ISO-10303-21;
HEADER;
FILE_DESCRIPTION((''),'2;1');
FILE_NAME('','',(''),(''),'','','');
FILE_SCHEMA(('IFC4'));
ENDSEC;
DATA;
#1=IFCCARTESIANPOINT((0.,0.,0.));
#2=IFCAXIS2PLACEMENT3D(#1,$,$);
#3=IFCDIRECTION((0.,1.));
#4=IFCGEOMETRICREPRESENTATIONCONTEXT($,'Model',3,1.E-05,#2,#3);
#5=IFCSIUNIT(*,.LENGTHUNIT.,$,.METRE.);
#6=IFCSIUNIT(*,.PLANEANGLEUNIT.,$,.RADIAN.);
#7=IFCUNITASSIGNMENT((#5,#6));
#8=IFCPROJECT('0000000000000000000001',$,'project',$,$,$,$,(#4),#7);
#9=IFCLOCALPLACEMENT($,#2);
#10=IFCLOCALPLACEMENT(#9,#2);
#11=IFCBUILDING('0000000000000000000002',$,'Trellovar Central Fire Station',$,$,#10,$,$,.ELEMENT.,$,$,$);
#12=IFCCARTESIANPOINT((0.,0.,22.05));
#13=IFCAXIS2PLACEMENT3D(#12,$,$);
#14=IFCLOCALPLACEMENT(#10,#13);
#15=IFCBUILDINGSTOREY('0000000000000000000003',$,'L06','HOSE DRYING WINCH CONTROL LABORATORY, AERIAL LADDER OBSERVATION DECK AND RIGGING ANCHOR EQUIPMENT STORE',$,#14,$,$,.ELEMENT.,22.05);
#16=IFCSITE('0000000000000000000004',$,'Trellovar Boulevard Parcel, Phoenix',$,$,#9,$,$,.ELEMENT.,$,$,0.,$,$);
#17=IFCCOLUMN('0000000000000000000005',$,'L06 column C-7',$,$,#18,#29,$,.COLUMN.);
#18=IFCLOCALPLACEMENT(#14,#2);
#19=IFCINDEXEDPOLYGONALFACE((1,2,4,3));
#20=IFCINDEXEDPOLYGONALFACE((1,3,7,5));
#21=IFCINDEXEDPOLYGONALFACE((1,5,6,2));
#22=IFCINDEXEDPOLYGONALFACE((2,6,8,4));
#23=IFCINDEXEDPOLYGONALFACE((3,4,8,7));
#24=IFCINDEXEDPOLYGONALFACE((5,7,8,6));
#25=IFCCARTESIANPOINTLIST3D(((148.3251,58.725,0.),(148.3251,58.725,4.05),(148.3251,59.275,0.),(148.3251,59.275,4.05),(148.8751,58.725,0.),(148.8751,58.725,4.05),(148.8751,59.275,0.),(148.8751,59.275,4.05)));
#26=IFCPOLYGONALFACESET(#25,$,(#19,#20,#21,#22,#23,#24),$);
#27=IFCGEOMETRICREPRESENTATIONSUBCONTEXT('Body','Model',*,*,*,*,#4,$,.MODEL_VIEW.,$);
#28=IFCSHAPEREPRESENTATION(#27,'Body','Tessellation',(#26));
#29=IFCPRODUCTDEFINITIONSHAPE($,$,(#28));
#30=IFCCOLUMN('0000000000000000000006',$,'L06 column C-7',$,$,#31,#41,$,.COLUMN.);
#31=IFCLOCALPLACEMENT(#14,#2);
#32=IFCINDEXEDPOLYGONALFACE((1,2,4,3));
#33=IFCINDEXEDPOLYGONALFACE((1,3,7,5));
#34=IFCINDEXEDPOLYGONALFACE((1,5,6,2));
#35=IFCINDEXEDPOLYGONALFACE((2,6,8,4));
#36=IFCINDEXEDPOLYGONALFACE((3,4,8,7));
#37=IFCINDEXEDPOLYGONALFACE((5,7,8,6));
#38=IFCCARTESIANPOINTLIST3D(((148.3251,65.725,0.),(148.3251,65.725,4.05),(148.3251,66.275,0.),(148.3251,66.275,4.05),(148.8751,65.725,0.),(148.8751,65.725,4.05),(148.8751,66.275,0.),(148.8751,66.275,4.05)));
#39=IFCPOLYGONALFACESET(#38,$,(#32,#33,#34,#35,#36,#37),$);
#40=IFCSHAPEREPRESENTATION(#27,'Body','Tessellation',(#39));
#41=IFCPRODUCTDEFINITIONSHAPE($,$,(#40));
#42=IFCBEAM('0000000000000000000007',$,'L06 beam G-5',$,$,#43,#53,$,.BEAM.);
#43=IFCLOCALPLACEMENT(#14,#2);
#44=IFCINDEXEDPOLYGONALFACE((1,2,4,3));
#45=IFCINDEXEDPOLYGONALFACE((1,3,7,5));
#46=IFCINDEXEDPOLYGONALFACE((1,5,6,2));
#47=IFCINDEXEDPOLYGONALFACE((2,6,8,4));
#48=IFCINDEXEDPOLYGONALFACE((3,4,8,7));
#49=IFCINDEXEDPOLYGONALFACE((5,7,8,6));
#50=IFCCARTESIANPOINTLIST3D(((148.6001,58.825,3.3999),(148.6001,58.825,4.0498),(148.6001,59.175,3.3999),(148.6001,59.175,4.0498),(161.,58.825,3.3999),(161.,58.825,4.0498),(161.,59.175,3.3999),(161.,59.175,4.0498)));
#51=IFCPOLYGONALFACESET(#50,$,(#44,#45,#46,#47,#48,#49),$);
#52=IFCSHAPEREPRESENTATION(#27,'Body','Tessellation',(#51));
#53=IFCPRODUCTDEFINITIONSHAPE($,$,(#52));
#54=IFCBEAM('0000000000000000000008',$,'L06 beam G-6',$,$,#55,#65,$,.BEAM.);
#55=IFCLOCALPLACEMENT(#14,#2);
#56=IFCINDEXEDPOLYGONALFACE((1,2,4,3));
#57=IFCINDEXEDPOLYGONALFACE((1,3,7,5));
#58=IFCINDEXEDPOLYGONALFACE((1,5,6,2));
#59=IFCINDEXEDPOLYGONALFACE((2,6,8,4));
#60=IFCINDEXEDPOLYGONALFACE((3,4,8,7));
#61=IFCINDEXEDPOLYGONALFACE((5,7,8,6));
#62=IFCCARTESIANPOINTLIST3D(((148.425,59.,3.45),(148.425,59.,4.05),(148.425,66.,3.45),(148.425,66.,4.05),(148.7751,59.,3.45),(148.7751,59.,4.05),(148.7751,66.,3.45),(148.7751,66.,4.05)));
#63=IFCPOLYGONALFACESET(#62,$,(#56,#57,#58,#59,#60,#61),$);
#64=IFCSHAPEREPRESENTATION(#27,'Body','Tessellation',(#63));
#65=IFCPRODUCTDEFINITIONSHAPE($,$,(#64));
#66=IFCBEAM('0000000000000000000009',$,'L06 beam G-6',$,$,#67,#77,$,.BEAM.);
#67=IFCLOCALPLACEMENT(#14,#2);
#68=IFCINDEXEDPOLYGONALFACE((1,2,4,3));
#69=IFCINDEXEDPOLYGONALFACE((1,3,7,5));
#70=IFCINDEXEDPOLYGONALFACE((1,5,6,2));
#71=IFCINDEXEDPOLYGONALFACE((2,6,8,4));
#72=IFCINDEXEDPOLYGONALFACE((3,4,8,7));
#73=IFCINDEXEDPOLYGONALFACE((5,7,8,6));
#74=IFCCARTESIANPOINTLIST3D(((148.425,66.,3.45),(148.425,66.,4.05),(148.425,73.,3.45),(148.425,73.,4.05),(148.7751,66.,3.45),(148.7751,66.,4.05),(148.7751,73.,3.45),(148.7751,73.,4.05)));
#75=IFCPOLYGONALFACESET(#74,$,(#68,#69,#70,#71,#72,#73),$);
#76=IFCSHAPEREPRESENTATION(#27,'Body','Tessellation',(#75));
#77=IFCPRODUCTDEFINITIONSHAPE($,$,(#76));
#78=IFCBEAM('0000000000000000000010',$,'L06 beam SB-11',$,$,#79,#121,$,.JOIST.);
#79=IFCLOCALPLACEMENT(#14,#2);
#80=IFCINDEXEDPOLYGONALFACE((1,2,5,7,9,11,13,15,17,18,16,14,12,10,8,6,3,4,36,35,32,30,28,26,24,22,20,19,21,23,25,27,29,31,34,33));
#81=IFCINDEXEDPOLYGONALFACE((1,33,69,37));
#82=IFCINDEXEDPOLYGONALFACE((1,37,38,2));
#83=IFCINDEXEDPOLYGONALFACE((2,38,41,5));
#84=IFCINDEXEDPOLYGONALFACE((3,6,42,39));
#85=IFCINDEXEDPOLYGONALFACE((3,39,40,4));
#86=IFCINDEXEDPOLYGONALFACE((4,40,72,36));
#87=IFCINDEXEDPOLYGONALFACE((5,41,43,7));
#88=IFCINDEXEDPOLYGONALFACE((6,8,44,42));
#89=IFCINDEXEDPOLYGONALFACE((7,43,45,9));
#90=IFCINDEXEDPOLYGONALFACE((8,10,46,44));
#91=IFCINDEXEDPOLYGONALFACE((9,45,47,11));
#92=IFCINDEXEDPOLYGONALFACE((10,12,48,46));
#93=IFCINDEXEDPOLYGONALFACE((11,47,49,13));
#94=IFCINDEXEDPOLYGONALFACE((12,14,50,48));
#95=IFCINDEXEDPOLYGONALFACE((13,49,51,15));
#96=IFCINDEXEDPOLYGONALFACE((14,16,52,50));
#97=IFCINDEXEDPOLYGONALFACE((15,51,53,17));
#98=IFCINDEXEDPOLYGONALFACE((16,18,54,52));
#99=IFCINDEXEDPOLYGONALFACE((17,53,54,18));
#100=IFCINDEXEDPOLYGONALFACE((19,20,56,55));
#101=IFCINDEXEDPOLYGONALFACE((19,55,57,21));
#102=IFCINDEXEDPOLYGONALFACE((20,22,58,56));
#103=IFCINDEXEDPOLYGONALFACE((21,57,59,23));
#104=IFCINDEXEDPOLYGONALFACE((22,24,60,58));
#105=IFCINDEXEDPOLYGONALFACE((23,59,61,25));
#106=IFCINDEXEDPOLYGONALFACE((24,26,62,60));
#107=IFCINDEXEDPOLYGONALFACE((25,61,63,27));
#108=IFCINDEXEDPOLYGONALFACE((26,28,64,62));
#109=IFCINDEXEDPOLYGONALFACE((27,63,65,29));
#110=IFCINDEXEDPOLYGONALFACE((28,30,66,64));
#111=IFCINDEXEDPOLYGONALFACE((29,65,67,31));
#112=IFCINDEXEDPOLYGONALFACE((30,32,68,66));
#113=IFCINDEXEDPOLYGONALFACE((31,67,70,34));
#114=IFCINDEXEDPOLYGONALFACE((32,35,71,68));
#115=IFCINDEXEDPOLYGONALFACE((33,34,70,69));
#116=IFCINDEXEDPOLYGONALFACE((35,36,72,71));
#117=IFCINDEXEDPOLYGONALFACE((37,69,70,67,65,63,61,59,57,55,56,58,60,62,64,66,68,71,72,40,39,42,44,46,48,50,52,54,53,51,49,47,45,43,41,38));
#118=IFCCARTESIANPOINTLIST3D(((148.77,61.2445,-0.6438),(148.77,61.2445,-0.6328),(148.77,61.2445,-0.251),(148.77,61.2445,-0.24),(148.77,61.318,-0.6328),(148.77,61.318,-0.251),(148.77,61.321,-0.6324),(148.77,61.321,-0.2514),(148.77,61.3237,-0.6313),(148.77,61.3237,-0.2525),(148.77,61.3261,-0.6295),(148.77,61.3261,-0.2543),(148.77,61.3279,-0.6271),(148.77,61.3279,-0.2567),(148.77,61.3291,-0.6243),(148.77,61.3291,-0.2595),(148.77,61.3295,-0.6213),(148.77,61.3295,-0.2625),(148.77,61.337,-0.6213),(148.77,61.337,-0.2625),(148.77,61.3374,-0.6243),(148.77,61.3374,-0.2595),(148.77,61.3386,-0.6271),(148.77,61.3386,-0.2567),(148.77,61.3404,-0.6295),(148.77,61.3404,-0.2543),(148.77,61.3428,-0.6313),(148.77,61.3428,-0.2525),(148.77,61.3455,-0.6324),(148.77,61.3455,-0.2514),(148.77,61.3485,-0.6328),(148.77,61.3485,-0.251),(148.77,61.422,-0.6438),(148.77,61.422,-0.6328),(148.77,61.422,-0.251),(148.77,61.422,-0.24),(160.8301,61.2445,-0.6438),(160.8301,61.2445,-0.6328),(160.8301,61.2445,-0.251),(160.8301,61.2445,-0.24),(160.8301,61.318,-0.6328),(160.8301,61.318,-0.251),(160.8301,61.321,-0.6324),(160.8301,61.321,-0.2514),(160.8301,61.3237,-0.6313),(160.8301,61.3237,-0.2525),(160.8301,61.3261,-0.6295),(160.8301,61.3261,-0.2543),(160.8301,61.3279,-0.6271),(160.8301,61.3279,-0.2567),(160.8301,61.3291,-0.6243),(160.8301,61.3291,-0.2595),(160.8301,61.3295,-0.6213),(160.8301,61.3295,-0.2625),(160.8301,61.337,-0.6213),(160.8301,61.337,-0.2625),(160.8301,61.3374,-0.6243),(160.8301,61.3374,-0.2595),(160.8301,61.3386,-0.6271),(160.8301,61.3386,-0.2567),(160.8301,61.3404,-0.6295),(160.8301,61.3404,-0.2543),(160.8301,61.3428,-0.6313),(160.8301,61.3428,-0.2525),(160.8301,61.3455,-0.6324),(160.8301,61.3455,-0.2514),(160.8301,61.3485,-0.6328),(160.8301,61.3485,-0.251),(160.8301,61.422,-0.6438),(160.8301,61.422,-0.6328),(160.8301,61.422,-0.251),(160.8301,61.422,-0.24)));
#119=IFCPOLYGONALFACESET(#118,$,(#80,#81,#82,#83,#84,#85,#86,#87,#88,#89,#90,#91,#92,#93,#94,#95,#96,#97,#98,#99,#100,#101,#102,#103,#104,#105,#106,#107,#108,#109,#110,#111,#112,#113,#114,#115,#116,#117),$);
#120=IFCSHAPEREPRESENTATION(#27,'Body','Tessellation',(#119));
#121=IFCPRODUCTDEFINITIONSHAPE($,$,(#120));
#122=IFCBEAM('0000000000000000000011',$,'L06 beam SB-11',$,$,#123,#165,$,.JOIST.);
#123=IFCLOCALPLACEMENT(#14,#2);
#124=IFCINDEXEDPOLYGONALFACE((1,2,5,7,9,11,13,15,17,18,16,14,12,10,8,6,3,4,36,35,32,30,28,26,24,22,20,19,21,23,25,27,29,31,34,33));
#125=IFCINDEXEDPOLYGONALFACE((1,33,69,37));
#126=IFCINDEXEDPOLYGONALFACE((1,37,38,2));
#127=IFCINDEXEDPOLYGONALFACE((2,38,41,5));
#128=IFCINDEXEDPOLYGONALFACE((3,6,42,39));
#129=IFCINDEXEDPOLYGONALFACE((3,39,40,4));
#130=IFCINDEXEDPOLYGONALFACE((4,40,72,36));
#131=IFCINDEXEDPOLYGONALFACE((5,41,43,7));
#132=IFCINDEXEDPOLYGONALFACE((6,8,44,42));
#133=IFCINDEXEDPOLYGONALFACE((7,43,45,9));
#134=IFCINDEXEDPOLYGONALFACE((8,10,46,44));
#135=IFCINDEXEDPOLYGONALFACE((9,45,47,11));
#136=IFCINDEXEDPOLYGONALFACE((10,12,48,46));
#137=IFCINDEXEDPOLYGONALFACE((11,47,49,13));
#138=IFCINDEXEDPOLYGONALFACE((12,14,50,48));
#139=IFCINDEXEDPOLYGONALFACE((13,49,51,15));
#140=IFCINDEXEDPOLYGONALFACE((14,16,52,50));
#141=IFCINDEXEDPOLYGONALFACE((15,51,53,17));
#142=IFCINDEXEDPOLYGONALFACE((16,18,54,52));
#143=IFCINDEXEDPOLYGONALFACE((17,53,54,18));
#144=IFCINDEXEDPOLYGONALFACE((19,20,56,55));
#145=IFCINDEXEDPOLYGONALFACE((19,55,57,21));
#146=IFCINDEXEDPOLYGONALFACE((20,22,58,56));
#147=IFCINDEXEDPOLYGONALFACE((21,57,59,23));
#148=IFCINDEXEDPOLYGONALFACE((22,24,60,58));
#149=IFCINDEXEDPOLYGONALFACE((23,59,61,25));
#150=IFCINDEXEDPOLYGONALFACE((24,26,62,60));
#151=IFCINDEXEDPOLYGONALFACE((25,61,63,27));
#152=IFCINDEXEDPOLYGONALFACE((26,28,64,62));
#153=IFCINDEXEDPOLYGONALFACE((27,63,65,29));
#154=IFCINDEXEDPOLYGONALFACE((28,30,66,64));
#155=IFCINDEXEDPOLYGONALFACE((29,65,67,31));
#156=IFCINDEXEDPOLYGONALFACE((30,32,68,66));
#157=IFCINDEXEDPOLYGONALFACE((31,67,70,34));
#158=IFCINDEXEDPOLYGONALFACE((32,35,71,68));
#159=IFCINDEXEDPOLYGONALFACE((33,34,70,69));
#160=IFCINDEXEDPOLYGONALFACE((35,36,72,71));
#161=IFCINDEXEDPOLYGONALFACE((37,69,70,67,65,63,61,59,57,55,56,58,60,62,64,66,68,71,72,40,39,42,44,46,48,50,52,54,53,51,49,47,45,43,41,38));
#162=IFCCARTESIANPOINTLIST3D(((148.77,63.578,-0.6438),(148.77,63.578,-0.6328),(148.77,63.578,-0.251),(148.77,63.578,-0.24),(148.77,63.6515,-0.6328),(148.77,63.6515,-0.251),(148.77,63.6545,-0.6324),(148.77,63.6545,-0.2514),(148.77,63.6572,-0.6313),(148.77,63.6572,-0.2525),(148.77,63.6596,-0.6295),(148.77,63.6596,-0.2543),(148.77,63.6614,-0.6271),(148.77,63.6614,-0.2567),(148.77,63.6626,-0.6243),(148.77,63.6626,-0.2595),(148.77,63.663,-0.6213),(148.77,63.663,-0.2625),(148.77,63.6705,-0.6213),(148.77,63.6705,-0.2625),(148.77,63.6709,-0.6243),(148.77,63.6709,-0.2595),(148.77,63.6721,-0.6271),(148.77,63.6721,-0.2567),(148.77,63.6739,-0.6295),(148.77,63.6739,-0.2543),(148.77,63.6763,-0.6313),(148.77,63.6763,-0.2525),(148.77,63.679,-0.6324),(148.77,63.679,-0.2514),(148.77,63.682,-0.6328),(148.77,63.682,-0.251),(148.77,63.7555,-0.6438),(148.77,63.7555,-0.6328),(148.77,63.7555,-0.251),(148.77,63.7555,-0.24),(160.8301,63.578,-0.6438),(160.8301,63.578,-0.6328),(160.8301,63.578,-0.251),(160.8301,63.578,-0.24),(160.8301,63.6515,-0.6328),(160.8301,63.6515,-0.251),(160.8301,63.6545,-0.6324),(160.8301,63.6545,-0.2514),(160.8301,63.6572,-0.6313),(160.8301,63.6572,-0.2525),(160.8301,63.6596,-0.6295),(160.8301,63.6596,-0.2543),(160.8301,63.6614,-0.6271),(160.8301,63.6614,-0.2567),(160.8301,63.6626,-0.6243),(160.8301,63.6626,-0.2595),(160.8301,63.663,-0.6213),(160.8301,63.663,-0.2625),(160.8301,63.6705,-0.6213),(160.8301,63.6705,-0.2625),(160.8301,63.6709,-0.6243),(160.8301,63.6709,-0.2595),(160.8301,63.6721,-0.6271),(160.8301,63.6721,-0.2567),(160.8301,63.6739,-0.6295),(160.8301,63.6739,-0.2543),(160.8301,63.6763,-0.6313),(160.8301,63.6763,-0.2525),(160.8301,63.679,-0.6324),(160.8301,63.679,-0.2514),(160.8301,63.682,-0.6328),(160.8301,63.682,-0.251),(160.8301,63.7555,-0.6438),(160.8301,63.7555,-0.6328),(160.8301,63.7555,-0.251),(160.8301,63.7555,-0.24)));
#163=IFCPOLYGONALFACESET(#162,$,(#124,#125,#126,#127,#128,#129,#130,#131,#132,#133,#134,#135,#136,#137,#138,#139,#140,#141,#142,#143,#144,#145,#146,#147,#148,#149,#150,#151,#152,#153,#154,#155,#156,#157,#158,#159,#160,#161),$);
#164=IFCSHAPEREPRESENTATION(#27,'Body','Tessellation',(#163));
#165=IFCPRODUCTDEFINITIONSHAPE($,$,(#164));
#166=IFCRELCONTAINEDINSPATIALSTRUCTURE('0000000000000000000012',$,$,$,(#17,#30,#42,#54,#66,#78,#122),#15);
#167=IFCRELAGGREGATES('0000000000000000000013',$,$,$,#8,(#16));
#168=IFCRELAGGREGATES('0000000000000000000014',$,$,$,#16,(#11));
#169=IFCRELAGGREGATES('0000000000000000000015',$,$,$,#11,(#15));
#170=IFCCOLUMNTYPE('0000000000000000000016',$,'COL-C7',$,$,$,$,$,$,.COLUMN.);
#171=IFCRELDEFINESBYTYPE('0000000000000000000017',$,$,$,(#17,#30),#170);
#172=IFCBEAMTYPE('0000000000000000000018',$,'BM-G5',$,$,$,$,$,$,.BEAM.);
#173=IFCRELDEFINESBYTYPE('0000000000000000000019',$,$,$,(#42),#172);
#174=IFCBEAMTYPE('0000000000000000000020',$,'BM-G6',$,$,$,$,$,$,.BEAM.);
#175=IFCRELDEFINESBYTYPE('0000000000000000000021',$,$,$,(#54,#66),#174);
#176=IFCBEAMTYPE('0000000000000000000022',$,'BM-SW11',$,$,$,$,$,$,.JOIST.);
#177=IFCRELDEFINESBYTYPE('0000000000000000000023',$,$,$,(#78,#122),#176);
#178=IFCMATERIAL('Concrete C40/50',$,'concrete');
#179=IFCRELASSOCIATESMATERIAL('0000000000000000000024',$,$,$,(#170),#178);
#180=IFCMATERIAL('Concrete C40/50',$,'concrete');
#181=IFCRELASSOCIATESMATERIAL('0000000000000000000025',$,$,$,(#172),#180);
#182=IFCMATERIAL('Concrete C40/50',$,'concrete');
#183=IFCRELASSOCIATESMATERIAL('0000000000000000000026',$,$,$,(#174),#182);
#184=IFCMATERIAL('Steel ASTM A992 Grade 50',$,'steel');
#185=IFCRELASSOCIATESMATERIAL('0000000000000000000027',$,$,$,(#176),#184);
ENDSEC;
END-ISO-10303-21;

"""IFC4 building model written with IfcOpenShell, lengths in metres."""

from ifc_helpers import new_model, si_unit, direction, frame, origin, origin_2d, place, context, subcontext, project, spatial, rectangle, i_section, extrude, material, material_profile, profile_set, type_object, element, save


model = new_model("IFC4")

# Units and contexts
model_context = context("Model", 3, precision=1e-05, world=origin(), true_north=direction((0.0, 1.0)))
body_context = subcontext(model_context, "Body", "Model", "MODEL_VIEW")
ifc_project = project(units=[si_unit("LENGTHUNIT", "METRE"), si_unit("PLANEANGLEUNIT", "RADIAN")], contexts=[model_context])

# Site, building, storey
site_placement = place(None, origin())
site = spatial("IfcSite", under=ifc_project, at=site_placement, Name="Trellovar Boulevard Parcel, Phoenix", CompositionType="ELEMENT", RefElevation=0.0)
building_placement = place(site_placement, origin())
building = spatial("IfcBuilding", under=site, at=building_placement, Name="Trellovar Central Fire Station", CompositionType="ELEMENT")
storey_placement = place(building_placement, frame((0.0, 0.0, 22.05)))
storey = spatial("IfcBuildingStorey", under=building, at=storey_placement, Name="L06", Description="HOSE DRYING WINCH CONTROL LABORATORY, AERIAL LADDER OBSERVATION DECK AND RIGGING ANCHOR EQUIPMENT STORE", CompositionType="ELEMENT", Elevation=22.05)

# Columns
ifc_material_1 = material(Name="Concrete C40/50", Category="concrete")
ifc_material_profile_1 = material_profile(ifc_material_1, rectangle(XDim=0.55, YDim=0.55, at=origin_2d()), Name="RC550X550")
ifc_profile_set_1 = profile_set([ifc_material_profile_1], Name="Concrete C40/50")
column_type = type_object("IfcColumnType", Name="COL-C7", PredefinedType="COLUMN", material=ifc_profile_set_1)
for number, where, z_axis, x_axis, name in (
    (1, (148.6001, 59.0, 0.0), (0.0, 0.0, 1.0), (1.0, 0.0, 0.0), "L06 column C-7"),
    (2, (148.6001, 66.0, 0.0), (0.0, 0.0, 1.0), (1.0, 0.0, 0.0), "L06 column C-7"),
):
    element("IfcColumn", number, at=place(storey_placement, frame(where, z_axis=z_axis, x_axis=x_axis)), inside=storey, type_object=column_type, Name=name, PredefinedType="COLUMN", context=body_context, shape_type="SweptSolid", body=[
        extrude(rectangle(XDim=0.55, YDim=0.55, at=origin_2d()), origin(), (0.0, 0.0, 1.0), 4.05),
    ])

# Beams
ifc_material_2 = material(Name="Concrete C40/50", Category="concrete")
ifc_material_profile_2 = material_profile(ifc_material_2, rectangle(XDim=0.3501, YDim=0.6499, at=origin_2d()), Name="RC350X650")
ifc_profile_set_2 = profile_set([ifc_material_profile_2], Name="Concrete C40/50")
beam_type_1 = type_object("IfcBeamType", Name="BM-G5", PredefinedType="BEAM", material=ifc_profile_set_2)
beam_1_placement = place(storey_placement, frame((148.6001, 59.0, 3.7249), z_axis=(1.0, 0.0, 0.0), x_axis=(0.0, 1.0, 0.0)))
element("IfcBeam", 3, at=beam_1_placement, inside=storey, type_object=beam_type_1, Name="L06 beam G-5", PredefinedType="BEAM", context=body_context, shape_type="SweptSolid", body=[
    extrude(rectangle(XDim=0.3501, YDim=0.6499, at=origin_2d()), origin(), (0.0, 0.0, 1.0), 12.3999),
])
ifc_material_3 = material(Name="Concrete C40/50", Category="concrete")
ifc_material_profile_3 = material_profile(ifc_material_3, rectangle(XDim=0.3501, YDim=0.6001, at=origin_2d()), Name="RC350X600")
ifc_profile_set_3 = profile_set([ifc_material_profile_3], Name="Concrete C40/50")
beam_type_2 = type_object("IfcBeamType", Name="BM-G6", PredefinedType="BEAM", material=ifc_profile_set_3)
for number, where, z_axis, x_axis, name in (
    (4, (148.6001, 59.0, 3.75), (0.0, 1.0, 0.0), (-1.0, 0.0, 0.0), "L06 beam G-6"),
    (5, (148.6001, 66.0, 3.75), (0.0, 1.0, 0.0), (-1.0, 0.0, 0.0), "L06 beam G-6"),
):
    element("IfcBeam", number, at=place(storey_placement, frame(where, z_axis=z_axis, x_axis=x_axis)), inside=storey, type_object=beam_type_2, Name=name, PredefinedType="BEAM", context=body_context, shape_type="SweptSolid", body=[
        extrude(rectangle(XDim=0.3501, YDim=0.6001, at=origin_2d()), origin(), (0.0, 0.0, 1.0), 7.0),
    ])
ifc_material_4 = material(Name="Steel ASTM A992 Grade 50", Category="steel")
ifc_material_profile_4 = material_profile(ifc_material_4, i_section(OverallWidth=0.1775, OverallDepth=0.4038, WebThickness=0.0076, FlangeThickness=0.011, FilletRadius=0.0115, at=origin_2d()), Name="W16X36")
ifc_profile_set_4 = profile_set([ifc_material_profile_4], Name="Steel ASTM A992 Grade 50")
beam_type_3 = type_object("IfcBeamType", Name="BM-SW11", PredefinedType="JOIST", material=ifc_profile_set_4)
for number, where, z_axis, x_axis, name in (
    (6, (148.77, 61.3333, -0.4419), (1.0, 0.0, 0.0), (0.0, 1.0, 0.0), "L06 beam SB-11"),
    (7, (148.77, 63.6667, -0.4419), (1.0, 0.0, 0.0), (0.0, 1.0, 0.0), "L06 beam SB-11"),
):
    element("IfcBeam", number, at=place(storey_placement, frame(where, z_axis=z_axis, x_axis=x_axis)), inside=storey, type_object=beam_type_3, Name=name, PredefinedType="JOIST", context=body_context, shape_type="SweptSolid", body=[
        extrude(i_section(OverallWidth=0.1775, OverallDepth=0.4038, WebThickness=0.0076, FlangeThickness=0.011, FilletRadius=0.0115, at=origin_2d()), origin(), (0.0, 0.0, 1.0), 12.0601),
    ])

save(model, "model.ifc")
